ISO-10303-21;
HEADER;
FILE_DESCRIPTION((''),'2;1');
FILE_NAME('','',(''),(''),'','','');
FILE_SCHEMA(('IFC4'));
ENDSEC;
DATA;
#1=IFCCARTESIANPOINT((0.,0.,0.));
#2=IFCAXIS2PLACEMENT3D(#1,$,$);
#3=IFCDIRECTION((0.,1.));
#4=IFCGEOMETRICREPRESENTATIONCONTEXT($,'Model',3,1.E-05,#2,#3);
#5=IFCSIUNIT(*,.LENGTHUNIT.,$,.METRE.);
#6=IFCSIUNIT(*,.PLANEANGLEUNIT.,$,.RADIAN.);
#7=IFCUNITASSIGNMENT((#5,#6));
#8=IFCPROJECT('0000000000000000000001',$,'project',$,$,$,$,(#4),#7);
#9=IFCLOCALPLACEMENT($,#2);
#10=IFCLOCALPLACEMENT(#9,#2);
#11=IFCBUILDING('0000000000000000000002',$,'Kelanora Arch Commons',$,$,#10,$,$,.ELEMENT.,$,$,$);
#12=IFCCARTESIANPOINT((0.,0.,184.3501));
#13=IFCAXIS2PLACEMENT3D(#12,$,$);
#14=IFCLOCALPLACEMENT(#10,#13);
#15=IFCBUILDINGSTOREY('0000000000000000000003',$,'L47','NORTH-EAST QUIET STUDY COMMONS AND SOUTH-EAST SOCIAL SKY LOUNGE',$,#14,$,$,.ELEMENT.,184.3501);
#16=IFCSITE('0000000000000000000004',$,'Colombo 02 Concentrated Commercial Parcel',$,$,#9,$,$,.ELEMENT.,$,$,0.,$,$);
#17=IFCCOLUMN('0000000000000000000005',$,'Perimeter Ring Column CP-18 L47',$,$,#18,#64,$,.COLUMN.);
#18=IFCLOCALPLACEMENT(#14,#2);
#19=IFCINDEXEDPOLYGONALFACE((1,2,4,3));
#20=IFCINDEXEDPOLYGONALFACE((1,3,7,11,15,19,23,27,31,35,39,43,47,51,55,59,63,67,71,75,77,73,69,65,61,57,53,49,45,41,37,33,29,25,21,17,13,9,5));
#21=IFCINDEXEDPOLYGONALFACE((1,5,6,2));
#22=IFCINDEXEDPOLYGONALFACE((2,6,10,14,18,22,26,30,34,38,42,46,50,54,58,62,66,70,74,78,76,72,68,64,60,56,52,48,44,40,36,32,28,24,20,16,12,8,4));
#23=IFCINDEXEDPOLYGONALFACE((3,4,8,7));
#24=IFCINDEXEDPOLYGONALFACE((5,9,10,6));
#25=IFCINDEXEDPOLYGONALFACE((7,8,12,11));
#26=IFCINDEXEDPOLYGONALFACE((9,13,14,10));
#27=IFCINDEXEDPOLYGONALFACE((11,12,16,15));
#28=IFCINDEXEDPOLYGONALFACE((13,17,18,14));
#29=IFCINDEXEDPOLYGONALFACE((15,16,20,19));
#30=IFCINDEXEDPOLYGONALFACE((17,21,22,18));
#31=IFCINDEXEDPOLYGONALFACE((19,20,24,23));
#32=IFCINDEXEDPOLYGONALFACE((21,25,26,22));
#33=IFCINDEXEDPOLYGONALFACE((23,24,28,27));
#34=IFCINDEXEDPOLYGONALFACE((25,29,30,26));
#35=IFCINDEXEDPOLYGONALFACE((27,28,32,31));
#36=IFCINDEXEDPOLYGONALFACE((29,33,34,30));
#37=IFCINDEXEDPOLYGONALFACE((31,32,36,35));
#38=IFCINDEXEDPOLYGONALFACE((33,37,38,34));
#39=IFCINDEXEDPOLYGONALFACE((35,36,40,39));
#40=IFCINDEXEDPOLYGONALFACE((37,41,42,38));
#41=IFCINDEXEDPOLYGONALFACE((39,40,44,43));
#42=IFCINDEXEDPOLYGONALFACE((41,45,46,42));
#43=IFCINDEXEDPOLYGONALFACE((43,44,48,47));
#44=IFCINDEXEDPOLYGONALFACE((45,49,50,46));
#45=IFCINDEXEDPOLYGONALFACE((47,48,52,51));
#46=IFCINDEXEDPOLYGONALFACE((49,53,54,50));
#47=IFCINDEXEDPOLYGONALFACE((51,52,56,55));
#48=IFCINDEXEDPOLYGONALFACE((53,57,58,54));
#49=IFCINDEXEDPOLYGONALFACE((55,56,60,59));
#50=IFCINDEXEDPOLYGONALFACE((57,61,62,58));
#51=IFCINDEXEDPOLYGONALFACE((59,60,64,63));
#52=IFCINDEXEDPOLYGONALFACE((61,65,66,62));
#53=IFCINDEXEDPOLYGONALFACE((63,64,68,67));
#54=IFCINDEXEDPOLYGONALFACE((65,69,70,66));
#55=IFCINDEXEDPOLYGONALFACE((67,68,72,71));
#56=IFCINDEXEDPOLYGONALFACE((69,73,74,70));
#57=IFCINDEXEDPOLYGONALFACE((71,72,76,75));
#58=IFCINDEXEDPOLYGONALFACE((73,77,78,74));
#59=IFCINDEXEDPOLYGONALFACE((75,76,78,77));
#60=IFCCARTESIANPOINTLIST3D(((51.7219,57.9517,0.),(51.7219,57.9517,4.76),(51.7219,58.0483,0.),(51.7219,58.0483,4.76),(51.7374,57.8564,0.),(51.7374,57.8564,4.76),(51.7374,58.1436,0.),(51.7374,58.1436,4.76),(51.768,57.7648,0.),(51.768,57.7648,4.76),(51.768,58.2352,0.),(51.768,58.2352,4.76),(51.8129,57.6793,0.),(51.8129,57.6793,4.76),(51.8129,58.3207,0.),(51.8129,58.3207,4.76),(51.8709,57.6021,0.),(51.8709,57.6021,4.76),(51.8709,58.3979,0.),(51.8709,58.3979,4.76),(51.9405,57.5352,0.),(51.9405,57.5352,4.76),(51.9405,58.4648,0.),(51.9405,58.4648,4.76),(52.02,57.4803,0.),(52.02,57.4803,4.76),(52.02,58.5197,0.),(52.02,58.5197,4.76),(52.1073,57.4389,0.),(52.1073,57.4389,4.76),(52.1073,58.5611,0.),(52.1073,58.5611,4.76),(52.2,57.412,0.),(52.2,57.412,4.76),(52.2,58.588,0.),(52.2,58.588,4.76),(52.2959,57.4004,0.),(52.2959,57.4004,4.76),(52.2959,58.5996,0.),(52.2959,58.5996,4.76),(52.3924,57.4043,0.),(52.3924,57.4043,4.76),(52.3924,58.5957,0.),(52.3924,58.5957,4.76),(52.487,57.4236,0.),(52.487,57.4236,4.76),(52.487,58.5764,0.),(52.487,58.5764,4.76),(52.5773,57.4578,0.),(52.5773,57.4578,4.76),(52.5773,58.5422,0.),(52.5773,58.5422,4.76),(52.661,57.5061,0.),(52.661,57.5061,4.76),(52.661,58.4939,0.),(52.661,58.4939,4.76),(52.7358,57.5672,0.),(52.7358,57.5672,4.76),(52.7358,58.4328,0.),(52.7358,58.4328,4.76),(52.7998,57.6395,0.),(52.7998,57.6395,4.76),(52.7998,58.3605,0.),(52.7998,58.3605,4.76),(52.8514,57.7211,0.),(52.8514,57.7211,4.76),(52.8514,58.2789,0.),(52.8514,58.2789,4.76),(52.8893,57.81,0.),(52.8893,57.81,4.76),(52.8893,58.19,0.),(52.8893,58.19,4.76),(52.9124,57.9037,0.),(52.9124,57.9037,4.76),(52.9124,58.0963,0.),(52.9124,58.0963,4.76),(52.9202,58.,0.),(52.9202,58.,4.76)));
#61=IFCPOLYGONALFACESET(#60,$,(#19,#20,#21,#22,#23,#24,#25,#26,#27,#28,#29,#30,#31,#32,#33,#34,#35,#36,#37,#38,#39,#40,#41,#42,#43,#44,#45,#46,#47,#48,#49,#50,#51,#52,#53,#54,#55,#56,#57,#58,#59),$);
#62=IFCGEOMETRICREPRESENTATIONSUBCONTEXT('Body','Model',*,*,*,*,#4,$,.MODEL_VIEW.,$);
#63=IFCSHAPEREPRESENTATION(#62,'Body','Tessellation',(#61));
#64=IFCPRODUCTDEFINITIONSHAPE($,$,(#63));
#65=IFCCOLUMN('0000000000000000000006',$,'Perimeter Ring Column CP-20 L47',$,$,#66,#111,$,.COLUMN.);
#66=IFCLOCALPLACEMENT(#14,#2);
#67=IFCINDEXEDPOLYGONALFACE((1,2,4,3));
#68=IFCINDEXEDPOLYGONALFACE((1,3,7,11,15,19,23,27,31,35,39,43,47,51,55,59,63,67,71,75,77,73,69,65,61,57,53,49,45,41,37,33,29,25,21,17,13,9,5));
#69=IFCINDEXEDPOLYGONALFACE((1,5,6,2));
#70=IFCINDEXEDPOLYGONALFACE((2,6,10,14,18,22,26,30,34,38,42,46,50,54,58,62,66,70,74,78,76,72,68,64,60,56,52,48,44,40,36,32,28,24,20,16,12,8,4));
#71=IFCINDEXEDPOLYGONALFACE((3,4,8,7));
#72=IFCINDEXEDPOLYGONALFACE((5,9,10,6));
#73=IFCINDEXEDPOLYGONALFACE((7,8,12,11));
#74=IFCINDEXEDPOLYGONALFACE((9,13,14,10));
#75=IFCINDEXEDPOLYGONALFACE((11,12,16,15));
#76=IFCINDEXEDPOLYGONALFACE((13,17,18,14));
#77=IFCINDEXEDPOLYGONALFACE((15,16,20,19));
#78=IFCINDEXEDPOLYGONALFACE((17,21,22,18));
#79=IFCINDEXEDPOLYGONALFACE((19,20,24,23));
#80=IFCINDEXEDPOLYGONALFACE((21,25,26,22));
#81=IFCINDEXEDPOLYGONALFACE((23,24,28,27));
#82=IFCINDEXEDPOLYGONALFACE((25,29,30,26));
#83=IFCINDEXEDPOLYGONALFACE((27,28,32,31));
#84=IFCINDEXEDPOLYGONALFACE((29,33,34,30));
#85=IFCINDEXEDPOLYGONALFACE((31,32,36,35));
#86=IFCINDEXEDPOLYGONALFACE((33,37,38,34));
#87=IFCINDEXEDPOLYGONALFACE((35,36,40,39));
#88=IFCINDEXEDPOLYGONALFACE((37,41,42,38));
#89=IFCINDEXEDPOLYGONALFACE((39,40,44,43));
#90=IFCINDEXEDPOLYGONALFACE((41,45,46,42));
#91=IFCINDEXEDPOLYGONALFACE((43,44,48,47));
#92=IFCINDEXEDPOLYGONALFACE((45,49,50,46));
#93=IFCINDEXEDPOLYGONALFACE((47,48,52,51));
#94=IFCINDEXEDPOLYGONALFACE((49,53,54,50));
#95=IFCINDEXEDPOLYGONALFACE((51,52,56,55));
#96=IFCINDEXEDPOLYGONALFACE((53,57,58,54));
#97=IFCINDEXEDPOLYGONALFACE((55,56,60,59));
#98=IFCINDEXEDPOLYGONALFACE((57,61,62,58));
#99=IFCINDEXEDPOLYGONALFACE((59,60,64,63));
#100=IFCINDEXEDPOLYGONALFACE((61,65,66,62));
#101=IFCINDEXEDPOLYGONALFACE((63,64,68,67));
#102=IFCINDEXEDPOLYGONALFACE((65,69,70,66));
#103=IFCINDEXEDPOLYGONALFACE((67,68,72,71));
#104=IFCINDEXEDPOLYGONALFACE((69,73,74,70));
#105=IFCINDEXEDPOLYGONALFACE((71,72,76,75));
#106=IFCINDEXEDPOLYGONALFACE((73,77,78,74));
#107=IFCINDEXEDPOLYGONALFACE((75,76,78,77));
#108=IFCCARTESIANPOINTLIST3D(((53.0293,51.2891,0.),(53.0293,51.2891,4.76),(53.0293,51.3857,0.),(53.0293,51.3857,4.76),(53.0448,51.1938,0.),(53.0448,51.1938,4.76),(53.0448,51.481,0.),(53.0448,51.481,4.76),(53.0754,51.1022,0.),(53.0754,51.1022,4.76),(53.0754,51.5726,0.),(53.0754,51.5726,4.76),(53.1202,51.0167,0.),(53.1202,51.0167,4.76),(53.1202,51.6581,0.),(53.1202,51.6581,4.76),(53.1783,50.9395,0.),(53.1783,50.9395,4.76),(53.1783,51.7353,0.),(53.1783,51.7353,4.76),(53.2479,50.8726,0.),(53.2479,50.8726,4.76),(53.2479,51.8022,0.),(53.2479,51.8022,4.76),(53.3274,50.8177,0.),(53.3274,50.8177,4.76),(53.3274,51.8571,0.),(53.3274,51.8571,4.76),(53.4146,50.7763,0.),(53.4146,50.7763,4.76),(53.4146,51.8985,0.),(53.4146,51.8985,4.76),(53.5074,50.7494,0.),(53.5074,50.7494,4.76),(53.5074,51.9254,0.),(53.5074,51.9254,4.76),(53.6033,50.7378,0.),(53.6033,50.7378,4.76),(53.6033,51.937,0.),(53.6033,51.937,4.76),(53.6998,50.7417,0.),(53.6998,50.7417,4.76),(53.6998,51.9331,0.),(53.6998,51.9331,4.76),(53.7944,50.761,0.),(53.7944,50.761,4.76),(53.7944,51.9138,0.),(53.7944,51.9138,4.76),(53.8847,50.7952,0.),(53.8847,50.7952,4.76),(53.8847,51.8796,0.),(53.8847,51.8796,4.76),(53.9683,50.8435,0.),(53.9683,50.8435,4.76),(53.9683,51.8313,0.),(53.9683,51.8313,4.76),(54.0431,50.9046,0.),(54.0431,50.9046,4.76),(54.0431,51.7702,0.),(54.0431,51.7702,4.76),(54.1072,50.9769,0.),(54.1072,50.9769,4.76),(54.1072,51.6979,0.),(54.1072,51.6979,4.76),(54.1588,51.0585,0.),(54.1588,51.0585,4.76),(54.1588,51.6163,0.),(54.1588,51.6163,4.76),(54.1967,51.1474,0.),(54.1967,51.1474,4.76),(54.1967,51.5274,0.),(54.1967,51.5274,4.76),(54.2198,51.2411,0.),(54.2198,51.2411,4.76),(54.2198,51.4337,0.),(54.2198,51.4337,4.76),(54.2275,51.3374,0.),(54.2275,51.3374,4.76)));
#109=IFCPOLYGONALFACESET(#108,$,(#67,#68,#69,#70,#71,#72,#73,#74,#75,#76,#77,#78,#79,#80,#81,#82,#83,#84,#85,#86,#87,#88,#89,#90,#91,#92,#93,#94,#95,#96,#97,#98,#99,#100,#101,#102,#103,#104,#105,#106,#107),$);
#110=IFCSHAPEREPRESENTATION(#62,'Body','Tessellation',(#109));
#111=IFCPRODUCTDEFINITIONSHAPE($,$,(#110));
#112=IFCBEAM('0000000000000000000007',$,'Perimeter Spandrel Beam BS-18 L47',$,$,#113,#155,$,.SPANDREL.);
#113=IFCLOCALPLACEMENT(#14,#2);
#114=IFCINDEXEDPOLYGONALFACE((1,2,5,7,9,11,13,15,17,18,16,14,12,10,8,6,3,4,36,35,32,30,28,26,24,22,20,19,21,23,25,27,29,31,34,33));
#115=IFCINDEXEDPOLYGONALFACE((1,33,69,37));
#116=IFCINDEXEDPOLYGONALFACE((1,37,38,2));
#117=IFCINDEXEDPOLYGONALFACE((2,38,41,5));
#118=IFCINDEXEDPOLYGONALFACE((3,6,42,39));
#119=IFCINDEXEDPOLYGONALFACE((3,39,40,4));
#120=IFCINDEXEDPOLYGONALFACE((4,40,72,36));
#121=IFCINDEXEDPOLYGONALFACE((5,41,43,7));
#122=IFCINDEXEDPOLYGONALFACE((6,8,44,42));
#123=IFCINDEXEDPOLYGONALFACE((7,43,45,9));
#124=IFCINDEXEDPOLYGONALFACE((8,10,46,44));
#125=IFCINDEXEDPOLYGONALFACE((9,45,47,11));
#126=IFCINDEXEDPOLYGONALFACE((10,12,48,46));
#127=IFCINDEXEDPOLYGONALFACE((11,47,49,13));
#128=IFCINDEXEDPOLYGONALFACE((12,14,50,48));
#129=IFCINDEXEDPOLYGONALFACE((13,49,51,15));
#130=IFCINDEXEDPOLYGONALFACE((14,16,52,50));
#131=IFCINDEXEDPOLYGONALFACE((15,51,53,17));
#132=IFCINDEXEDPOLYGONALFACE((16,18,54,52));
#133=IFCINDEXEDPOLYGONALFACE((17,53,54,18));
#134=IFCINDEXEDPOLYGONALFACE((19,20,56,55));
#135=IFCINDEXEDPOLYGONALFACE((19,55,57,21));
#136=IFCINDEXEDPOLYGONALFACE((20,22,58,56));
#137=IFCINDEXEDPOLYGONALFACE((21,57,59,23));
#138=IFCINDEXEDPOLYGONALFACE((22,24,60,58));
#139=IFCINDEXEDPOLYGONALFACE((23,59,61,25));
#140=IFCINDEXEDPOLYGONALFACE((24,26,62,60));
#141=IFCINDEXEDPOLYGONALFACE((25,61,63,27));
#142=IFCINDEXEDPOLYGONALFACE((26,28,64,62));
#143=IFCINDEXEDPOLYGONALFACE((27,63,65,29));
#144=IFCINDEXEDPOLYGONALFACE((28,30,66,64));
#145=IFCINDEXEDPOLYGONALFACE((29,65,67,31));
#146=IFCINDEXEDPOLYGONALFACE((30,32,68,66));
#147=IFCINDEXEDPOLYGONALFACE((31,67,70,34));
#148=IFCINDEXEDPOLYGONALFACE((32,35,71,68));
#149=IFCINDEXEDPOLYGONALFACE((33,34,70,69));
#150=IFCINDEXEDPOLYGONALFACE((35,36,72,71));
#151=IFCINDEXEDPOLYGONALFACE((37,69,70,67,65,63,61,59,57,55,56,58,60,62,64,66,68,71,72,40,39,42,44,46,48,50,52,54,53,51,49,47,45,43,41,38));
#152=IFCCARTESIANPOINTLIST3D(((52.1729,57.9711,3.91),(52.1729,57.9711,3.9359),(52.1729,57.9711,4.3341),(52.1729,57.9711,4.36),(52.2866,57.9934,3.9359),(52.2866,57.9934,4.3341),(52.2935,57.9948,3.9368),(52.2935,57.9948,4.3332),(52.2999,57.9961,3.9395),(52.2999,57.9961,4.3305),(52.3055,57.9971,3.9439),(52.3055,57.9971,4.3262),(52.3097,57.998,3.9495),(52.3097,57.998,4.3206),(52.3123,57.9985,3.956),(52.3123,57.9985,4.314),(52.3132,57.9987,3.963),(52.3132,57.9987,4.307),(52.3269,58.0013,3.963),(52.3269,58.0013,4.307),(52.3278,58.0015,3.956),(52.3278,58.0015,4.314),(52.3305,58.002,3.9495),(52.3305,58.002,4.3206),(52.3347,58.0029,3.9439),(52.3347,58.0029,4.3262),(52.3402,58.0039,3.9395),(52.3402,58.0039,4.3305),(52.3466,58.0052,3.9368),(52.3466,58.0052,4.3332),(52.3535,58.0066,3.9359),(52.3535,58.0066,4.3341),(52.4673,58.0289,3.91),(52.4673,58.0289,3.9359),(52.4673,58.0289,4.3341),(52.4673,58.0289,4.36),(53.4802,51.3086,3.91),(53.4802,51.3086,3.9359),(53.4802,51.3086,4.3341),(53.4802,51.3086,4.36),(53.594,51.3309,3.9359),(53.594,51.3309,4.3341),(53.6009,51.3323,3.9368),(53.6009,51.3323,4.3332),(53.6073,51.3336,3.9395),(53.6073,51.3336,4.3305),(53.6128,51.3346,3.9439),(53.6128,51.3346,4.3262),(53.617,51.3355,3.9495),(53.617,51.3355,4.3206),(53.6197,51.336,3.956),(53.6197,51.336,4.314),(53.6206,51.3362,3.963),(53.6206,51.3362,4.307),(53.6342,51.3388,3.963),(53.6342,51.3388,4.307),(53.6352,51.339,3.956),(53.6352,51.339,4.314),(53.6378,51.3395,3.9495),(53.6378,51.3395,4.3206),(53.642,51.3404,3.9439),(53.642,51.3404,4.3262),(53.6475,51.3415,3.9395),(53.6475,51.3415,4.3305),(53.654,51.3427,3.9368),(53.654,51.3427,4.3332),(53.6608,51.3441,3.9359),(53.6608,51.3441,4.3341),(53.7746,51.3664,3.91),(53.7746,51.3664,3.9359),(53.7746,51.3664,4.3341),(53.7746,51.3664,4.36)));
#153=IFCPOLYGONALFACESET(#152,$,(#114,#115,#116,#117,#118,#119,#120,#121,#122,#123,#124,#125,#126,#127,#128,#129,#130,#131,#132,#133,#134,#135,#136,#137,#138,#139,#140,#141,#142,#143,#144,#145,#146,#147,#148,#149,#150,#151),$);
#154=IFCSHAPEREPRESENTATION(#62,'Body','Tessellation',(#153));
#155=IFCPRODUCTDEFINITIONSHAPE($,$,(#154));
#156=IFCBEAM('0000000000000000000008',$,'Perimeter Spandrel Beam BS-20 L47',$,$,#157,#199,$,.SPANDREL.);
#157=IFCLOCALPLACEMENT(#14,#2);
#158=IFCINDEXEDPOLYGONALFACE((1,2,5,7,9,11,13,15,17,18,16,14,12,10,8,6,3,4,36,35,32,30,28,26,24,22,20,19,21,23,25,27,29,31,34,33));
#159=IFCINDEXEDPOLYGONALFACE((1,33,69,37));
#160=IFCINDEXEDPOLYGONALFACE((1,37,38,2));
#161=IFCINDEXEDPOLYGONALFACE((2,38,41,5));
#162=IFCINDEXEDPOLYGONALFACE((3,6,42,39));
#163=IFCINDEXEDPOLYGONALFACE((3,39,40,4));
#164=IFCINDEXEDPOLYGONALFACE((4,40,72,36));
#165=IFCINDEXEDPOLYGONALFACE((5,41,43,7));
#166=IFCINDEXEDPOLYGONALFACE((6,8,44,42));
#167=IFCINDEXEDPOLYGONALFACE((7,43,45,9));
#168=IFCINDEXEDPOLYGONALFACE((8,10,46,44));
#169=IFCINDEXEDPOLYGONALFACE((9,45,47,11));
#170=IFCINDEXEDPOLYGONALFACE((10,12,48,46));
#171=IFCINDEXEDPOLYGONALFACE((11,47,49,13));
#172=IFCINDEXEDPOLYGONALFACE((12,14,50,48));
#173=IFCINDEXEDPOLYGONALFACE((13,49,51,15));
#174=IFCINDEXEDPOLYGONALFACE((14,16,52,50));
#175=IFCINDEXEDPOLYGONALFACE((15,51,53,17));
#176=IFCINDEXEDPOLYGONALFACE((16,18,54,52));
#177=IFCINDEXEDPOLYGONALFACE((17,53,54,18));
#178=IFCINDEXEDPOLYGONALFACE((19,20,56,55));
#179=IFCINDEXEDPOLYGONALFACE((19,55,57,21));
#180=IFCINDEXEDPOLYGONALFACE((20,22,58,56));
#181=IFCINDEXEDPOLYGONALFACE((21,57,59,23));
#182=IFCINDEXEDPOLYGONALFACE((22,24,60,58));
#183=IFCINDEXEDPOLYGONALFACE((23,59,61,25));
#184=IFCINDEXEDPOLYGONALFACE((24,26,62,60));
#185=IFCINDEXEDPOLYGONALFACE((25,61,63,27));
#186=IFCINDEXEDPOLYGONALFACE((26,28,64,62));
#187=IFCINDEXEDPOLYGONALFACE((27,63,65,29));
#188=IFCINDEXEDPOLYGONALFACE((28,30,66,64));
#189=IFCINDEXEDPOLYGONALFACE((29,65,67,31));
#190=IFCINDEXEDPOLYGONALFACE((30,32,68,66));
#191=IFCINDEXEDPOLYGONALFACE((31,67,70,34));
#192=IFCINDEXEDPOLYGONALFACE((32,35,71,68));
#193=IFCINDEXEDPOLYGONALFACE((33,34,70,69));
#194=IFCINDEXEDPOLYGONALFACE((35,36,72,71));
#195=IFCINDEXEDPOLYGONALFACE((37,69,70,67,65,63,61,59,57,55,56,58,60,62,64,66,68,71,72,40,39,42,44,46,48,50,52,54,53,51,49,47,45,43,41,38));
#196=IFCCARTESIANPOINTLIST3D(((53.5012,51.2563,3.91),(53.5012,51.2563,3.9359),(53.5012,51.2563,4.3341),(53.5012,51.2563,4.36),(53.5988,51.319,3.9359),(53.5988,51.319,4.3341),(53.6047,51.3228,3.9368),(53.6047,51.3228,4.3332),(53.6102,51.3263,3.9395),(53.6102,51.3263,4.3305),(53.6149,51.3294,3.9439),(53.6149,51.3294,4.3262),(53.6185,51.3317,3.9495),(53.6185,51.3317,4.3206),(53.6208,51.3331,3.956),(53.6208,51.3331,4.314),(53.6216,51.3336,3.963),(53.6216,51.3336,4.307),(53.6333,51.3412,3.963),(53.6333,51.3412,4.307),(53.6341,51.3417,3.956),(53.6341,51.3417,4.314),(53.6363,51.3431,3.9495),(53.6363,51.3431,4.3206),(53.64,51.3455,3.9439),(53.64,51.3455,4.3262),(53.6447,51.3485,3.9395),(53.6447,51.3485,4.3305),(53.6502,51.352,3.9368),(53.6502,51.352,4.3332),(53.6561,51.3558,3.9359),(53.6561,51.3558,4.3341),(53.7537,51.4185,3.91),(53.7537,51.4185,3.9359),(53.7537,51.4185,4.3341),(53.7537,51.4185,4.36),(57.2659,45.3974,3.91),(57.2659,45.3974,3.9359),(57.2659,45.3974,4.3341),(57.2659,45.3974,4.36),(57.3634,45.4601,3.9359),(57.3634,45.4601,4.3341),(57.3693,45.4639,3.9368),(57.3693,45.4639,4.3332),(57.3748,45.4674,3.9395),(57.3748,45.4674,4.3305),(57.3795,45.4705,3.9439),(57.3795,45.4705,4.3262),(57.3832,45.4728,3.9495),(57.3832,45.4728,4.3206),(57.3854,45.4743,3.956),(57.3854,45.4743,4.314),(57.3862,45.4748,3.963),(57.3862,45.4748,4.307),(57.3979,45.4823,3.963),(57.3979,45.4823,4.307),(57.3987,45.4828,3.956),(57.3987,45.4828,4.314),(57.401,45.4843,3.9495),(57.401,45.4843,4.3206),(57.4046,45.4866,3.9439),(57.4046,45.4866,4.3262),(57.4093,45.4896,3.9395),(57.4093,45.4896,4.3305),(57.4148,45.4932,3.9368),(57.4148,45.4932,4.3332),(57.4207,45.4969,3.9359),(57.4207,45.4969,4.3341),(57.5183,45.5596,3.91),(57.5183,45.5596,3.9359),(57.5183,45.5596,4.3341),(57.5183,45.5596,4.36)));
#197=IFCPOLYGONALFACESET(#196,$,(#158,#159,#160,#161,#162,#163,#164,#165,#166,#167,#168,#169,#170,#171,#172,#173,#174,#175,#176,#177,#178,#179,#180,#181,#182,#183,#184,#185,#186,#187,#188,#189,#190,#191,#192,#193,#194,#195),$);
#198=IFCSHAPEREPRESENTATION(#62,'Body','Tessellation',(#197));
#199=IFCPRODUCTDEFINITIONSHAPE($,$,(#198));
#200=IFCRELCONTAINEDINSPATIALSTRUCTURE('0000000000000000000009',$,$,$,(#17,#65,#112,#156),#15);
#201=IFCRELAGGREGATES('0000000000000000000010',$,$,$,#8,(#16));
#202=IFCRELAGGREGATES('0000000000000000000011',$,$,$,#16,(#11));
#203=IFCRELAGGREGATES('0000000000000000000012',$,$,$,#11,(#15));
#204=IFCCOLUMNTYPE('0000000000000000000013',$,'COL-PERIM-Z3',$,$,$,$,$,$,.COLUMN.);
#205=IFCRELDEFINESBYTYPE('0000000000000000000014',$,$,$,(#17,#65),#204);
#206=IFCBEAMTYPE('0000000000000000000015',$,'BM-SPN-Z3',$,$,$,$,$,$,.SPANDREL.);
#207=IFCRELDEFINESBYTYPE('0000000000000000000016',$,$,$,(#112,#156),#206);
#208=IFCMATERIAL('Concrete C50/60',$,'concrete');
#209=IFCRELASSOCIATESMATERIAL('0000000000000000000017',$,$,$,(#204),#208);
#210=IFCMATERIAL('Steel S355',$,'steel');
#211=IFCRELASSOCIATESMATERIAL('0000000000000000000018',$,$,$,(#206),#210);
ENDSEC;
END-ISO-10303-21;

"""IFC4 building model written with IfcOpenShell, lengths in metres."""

from ifc_helpers import new_model, si_unit, direction, frame, origin, origin_2d, place, context, subcontext, project, spatial, circle, i_section, extrude, material, material_profile, profile_set, type_object, element, save


model = new_model("IFC4")

# Units and contexts
model_context = context("Model", 3, precision=1e-05, world=origin(), true_north=direction((0.0, 1.0)))
body_context = subcontext(model_context, "Body", "Model", "MODEL_VIEW")
ifc_project = project(units=[si_unit("LENGTHUNIT", "METRE"), si_unit("PLANEANGLEUNIT", "RADIAN")], contexts=[model_context])

# Site, building, storey
site_placement = place(None, origin())
site = spatial("IfcSite", under=ifc_project, at=site_placement, Name="Colombo 02 Concentrated Commercial Parcel", CompositionType="ELEMENT", RefElevation=0.0)
building_placement = place(site_placement, origin())
building = spatial("IfcBuilding", under=site, at=building_placement, Name="Kelanora Arch Commons", CompositionType="ELEMENT")
storey_placement = place(building_placement, frame((0.0, 0.0, 184.3501)))
storey = spatial("IfcBuildingStorey", under=building, at=storey_placement, Name="L47", Description="NORTH-EAST QUIET STUDY COMMONS AND SOUTH-EAST SOCIAL SKY LOUNGE", CompositionType="ELEMENT", Elevation=184.3501)

# Columns
ifc_material_1 = material(Name="Concrete C50/60", Category="concrete")
ifc_material_profile_1 = material_profile(ifc_material_1, circle(Radius=0.6001, at=origin_2d()), Name="RCC1200")
ifc_profile_set_1 = profile_set([ifc_material_profile_1], Name="Concrete C50/60")
column_type = type_object("IfcColumnType", Name="COL-PERIM-Z3", PredefinedType="COLUMN", material=ifc_profile_set_1)
for number, where, z_axis, x_axis, name in (
    (1, (52.3201, 58.0, 0.0), (0.0, 0.0, 1.0), (1.0, 0.0, 0.0), "Perimeter Ring Column CP-18 L47"),
    (2, (53.6274, 51.3374, 0.0), (0.0, 0.0, 1.0), (1.0, 0.0, 0.0), "Perimeter Ring Column CP-20 L47"),
):
    element("IfcColumn", number, at=place(storey_placement, frame(where, z_axis=z_axis, x_axis=x_axis)), inside=storey, type_object=column_type, Name=name, PredefinedType="COLUMN", context=body_context, shape_type="SweptSolid", body=[
        extrude(circle(Radius=0.6001, at=origin_2d()), origin(), (0.0, 0.0, 1.0), 4.76),
    ])

# Beams
ifc_material_2 = material(Name="Steel S355", Category="steel")
ifc_material_profile_2 = material_profile(ifc_material_2, i_section(OverallWidth=0.3, OverallDepth=0.45, WebThickness=0.0139, FlangeThickness=0.0259, FilletRadius=0.0271, at=origin_2d()), Name="HEB450")
ifc_profile_set_2 = profile_set([ifc_material_profile_2], Name="Steel S355")
beam_type_1 = type_object("IfcBeamType", Name="BM-SPN-Z3", PredefinedType="SPANDREL", material=ifc_profile_set_2)
beam_1_placement = place(storey_placement, frame((52.3201, 58.0, 4.135), z_axis=(0.192554, -0.981286, 0.0), x_axis=(0.981286, 0.192554, 0.0)))
element("IfcBeam", 3, at=beam_1_placement, inside=storey, type_object=beam_type_1, Name="Perimeter Spandrel Beam BS-18 L47", PredefinedType="SPANDREL", context=body_context, shape_type="SweptSolid", body=[
    extrude(i_section(OverallWidth=0.3, OverallDepth=0.45, WebThickness=0.0139, FlangeThickness=0.0259, FilletRadius=0.0271, at=origin_2d()), origin(), (0.0, 0.0, 1.0), 6.7896),
])
beam_2_placement = place(storey_placement, frame((53.6274, 51.3374, 4.135), z_axis=(0.540577, -0.841295, 0.0), x_axis=(0.841295, 0.540577, 0.0)))
element("IfcBeam", 4, at=beam_2_placement, inside=storey, type_object=beam_type_1, Name="Perimeter Spandrel Beam BS-20 L47", PredefinedType="SPANDREL", context=body_context, shape_type="SweptSolid", body=[
    extrude(i_section(OverallWidth=0.3, OverallDepth=0.45, WebThickness=0.0139, FlangeThickness=0.0259, FilletRadius=0.0271, at=origin_2d()), origin(), (0.0, 0.0, 1.0), 6.9641),
])

save(model, "model.ifc")
